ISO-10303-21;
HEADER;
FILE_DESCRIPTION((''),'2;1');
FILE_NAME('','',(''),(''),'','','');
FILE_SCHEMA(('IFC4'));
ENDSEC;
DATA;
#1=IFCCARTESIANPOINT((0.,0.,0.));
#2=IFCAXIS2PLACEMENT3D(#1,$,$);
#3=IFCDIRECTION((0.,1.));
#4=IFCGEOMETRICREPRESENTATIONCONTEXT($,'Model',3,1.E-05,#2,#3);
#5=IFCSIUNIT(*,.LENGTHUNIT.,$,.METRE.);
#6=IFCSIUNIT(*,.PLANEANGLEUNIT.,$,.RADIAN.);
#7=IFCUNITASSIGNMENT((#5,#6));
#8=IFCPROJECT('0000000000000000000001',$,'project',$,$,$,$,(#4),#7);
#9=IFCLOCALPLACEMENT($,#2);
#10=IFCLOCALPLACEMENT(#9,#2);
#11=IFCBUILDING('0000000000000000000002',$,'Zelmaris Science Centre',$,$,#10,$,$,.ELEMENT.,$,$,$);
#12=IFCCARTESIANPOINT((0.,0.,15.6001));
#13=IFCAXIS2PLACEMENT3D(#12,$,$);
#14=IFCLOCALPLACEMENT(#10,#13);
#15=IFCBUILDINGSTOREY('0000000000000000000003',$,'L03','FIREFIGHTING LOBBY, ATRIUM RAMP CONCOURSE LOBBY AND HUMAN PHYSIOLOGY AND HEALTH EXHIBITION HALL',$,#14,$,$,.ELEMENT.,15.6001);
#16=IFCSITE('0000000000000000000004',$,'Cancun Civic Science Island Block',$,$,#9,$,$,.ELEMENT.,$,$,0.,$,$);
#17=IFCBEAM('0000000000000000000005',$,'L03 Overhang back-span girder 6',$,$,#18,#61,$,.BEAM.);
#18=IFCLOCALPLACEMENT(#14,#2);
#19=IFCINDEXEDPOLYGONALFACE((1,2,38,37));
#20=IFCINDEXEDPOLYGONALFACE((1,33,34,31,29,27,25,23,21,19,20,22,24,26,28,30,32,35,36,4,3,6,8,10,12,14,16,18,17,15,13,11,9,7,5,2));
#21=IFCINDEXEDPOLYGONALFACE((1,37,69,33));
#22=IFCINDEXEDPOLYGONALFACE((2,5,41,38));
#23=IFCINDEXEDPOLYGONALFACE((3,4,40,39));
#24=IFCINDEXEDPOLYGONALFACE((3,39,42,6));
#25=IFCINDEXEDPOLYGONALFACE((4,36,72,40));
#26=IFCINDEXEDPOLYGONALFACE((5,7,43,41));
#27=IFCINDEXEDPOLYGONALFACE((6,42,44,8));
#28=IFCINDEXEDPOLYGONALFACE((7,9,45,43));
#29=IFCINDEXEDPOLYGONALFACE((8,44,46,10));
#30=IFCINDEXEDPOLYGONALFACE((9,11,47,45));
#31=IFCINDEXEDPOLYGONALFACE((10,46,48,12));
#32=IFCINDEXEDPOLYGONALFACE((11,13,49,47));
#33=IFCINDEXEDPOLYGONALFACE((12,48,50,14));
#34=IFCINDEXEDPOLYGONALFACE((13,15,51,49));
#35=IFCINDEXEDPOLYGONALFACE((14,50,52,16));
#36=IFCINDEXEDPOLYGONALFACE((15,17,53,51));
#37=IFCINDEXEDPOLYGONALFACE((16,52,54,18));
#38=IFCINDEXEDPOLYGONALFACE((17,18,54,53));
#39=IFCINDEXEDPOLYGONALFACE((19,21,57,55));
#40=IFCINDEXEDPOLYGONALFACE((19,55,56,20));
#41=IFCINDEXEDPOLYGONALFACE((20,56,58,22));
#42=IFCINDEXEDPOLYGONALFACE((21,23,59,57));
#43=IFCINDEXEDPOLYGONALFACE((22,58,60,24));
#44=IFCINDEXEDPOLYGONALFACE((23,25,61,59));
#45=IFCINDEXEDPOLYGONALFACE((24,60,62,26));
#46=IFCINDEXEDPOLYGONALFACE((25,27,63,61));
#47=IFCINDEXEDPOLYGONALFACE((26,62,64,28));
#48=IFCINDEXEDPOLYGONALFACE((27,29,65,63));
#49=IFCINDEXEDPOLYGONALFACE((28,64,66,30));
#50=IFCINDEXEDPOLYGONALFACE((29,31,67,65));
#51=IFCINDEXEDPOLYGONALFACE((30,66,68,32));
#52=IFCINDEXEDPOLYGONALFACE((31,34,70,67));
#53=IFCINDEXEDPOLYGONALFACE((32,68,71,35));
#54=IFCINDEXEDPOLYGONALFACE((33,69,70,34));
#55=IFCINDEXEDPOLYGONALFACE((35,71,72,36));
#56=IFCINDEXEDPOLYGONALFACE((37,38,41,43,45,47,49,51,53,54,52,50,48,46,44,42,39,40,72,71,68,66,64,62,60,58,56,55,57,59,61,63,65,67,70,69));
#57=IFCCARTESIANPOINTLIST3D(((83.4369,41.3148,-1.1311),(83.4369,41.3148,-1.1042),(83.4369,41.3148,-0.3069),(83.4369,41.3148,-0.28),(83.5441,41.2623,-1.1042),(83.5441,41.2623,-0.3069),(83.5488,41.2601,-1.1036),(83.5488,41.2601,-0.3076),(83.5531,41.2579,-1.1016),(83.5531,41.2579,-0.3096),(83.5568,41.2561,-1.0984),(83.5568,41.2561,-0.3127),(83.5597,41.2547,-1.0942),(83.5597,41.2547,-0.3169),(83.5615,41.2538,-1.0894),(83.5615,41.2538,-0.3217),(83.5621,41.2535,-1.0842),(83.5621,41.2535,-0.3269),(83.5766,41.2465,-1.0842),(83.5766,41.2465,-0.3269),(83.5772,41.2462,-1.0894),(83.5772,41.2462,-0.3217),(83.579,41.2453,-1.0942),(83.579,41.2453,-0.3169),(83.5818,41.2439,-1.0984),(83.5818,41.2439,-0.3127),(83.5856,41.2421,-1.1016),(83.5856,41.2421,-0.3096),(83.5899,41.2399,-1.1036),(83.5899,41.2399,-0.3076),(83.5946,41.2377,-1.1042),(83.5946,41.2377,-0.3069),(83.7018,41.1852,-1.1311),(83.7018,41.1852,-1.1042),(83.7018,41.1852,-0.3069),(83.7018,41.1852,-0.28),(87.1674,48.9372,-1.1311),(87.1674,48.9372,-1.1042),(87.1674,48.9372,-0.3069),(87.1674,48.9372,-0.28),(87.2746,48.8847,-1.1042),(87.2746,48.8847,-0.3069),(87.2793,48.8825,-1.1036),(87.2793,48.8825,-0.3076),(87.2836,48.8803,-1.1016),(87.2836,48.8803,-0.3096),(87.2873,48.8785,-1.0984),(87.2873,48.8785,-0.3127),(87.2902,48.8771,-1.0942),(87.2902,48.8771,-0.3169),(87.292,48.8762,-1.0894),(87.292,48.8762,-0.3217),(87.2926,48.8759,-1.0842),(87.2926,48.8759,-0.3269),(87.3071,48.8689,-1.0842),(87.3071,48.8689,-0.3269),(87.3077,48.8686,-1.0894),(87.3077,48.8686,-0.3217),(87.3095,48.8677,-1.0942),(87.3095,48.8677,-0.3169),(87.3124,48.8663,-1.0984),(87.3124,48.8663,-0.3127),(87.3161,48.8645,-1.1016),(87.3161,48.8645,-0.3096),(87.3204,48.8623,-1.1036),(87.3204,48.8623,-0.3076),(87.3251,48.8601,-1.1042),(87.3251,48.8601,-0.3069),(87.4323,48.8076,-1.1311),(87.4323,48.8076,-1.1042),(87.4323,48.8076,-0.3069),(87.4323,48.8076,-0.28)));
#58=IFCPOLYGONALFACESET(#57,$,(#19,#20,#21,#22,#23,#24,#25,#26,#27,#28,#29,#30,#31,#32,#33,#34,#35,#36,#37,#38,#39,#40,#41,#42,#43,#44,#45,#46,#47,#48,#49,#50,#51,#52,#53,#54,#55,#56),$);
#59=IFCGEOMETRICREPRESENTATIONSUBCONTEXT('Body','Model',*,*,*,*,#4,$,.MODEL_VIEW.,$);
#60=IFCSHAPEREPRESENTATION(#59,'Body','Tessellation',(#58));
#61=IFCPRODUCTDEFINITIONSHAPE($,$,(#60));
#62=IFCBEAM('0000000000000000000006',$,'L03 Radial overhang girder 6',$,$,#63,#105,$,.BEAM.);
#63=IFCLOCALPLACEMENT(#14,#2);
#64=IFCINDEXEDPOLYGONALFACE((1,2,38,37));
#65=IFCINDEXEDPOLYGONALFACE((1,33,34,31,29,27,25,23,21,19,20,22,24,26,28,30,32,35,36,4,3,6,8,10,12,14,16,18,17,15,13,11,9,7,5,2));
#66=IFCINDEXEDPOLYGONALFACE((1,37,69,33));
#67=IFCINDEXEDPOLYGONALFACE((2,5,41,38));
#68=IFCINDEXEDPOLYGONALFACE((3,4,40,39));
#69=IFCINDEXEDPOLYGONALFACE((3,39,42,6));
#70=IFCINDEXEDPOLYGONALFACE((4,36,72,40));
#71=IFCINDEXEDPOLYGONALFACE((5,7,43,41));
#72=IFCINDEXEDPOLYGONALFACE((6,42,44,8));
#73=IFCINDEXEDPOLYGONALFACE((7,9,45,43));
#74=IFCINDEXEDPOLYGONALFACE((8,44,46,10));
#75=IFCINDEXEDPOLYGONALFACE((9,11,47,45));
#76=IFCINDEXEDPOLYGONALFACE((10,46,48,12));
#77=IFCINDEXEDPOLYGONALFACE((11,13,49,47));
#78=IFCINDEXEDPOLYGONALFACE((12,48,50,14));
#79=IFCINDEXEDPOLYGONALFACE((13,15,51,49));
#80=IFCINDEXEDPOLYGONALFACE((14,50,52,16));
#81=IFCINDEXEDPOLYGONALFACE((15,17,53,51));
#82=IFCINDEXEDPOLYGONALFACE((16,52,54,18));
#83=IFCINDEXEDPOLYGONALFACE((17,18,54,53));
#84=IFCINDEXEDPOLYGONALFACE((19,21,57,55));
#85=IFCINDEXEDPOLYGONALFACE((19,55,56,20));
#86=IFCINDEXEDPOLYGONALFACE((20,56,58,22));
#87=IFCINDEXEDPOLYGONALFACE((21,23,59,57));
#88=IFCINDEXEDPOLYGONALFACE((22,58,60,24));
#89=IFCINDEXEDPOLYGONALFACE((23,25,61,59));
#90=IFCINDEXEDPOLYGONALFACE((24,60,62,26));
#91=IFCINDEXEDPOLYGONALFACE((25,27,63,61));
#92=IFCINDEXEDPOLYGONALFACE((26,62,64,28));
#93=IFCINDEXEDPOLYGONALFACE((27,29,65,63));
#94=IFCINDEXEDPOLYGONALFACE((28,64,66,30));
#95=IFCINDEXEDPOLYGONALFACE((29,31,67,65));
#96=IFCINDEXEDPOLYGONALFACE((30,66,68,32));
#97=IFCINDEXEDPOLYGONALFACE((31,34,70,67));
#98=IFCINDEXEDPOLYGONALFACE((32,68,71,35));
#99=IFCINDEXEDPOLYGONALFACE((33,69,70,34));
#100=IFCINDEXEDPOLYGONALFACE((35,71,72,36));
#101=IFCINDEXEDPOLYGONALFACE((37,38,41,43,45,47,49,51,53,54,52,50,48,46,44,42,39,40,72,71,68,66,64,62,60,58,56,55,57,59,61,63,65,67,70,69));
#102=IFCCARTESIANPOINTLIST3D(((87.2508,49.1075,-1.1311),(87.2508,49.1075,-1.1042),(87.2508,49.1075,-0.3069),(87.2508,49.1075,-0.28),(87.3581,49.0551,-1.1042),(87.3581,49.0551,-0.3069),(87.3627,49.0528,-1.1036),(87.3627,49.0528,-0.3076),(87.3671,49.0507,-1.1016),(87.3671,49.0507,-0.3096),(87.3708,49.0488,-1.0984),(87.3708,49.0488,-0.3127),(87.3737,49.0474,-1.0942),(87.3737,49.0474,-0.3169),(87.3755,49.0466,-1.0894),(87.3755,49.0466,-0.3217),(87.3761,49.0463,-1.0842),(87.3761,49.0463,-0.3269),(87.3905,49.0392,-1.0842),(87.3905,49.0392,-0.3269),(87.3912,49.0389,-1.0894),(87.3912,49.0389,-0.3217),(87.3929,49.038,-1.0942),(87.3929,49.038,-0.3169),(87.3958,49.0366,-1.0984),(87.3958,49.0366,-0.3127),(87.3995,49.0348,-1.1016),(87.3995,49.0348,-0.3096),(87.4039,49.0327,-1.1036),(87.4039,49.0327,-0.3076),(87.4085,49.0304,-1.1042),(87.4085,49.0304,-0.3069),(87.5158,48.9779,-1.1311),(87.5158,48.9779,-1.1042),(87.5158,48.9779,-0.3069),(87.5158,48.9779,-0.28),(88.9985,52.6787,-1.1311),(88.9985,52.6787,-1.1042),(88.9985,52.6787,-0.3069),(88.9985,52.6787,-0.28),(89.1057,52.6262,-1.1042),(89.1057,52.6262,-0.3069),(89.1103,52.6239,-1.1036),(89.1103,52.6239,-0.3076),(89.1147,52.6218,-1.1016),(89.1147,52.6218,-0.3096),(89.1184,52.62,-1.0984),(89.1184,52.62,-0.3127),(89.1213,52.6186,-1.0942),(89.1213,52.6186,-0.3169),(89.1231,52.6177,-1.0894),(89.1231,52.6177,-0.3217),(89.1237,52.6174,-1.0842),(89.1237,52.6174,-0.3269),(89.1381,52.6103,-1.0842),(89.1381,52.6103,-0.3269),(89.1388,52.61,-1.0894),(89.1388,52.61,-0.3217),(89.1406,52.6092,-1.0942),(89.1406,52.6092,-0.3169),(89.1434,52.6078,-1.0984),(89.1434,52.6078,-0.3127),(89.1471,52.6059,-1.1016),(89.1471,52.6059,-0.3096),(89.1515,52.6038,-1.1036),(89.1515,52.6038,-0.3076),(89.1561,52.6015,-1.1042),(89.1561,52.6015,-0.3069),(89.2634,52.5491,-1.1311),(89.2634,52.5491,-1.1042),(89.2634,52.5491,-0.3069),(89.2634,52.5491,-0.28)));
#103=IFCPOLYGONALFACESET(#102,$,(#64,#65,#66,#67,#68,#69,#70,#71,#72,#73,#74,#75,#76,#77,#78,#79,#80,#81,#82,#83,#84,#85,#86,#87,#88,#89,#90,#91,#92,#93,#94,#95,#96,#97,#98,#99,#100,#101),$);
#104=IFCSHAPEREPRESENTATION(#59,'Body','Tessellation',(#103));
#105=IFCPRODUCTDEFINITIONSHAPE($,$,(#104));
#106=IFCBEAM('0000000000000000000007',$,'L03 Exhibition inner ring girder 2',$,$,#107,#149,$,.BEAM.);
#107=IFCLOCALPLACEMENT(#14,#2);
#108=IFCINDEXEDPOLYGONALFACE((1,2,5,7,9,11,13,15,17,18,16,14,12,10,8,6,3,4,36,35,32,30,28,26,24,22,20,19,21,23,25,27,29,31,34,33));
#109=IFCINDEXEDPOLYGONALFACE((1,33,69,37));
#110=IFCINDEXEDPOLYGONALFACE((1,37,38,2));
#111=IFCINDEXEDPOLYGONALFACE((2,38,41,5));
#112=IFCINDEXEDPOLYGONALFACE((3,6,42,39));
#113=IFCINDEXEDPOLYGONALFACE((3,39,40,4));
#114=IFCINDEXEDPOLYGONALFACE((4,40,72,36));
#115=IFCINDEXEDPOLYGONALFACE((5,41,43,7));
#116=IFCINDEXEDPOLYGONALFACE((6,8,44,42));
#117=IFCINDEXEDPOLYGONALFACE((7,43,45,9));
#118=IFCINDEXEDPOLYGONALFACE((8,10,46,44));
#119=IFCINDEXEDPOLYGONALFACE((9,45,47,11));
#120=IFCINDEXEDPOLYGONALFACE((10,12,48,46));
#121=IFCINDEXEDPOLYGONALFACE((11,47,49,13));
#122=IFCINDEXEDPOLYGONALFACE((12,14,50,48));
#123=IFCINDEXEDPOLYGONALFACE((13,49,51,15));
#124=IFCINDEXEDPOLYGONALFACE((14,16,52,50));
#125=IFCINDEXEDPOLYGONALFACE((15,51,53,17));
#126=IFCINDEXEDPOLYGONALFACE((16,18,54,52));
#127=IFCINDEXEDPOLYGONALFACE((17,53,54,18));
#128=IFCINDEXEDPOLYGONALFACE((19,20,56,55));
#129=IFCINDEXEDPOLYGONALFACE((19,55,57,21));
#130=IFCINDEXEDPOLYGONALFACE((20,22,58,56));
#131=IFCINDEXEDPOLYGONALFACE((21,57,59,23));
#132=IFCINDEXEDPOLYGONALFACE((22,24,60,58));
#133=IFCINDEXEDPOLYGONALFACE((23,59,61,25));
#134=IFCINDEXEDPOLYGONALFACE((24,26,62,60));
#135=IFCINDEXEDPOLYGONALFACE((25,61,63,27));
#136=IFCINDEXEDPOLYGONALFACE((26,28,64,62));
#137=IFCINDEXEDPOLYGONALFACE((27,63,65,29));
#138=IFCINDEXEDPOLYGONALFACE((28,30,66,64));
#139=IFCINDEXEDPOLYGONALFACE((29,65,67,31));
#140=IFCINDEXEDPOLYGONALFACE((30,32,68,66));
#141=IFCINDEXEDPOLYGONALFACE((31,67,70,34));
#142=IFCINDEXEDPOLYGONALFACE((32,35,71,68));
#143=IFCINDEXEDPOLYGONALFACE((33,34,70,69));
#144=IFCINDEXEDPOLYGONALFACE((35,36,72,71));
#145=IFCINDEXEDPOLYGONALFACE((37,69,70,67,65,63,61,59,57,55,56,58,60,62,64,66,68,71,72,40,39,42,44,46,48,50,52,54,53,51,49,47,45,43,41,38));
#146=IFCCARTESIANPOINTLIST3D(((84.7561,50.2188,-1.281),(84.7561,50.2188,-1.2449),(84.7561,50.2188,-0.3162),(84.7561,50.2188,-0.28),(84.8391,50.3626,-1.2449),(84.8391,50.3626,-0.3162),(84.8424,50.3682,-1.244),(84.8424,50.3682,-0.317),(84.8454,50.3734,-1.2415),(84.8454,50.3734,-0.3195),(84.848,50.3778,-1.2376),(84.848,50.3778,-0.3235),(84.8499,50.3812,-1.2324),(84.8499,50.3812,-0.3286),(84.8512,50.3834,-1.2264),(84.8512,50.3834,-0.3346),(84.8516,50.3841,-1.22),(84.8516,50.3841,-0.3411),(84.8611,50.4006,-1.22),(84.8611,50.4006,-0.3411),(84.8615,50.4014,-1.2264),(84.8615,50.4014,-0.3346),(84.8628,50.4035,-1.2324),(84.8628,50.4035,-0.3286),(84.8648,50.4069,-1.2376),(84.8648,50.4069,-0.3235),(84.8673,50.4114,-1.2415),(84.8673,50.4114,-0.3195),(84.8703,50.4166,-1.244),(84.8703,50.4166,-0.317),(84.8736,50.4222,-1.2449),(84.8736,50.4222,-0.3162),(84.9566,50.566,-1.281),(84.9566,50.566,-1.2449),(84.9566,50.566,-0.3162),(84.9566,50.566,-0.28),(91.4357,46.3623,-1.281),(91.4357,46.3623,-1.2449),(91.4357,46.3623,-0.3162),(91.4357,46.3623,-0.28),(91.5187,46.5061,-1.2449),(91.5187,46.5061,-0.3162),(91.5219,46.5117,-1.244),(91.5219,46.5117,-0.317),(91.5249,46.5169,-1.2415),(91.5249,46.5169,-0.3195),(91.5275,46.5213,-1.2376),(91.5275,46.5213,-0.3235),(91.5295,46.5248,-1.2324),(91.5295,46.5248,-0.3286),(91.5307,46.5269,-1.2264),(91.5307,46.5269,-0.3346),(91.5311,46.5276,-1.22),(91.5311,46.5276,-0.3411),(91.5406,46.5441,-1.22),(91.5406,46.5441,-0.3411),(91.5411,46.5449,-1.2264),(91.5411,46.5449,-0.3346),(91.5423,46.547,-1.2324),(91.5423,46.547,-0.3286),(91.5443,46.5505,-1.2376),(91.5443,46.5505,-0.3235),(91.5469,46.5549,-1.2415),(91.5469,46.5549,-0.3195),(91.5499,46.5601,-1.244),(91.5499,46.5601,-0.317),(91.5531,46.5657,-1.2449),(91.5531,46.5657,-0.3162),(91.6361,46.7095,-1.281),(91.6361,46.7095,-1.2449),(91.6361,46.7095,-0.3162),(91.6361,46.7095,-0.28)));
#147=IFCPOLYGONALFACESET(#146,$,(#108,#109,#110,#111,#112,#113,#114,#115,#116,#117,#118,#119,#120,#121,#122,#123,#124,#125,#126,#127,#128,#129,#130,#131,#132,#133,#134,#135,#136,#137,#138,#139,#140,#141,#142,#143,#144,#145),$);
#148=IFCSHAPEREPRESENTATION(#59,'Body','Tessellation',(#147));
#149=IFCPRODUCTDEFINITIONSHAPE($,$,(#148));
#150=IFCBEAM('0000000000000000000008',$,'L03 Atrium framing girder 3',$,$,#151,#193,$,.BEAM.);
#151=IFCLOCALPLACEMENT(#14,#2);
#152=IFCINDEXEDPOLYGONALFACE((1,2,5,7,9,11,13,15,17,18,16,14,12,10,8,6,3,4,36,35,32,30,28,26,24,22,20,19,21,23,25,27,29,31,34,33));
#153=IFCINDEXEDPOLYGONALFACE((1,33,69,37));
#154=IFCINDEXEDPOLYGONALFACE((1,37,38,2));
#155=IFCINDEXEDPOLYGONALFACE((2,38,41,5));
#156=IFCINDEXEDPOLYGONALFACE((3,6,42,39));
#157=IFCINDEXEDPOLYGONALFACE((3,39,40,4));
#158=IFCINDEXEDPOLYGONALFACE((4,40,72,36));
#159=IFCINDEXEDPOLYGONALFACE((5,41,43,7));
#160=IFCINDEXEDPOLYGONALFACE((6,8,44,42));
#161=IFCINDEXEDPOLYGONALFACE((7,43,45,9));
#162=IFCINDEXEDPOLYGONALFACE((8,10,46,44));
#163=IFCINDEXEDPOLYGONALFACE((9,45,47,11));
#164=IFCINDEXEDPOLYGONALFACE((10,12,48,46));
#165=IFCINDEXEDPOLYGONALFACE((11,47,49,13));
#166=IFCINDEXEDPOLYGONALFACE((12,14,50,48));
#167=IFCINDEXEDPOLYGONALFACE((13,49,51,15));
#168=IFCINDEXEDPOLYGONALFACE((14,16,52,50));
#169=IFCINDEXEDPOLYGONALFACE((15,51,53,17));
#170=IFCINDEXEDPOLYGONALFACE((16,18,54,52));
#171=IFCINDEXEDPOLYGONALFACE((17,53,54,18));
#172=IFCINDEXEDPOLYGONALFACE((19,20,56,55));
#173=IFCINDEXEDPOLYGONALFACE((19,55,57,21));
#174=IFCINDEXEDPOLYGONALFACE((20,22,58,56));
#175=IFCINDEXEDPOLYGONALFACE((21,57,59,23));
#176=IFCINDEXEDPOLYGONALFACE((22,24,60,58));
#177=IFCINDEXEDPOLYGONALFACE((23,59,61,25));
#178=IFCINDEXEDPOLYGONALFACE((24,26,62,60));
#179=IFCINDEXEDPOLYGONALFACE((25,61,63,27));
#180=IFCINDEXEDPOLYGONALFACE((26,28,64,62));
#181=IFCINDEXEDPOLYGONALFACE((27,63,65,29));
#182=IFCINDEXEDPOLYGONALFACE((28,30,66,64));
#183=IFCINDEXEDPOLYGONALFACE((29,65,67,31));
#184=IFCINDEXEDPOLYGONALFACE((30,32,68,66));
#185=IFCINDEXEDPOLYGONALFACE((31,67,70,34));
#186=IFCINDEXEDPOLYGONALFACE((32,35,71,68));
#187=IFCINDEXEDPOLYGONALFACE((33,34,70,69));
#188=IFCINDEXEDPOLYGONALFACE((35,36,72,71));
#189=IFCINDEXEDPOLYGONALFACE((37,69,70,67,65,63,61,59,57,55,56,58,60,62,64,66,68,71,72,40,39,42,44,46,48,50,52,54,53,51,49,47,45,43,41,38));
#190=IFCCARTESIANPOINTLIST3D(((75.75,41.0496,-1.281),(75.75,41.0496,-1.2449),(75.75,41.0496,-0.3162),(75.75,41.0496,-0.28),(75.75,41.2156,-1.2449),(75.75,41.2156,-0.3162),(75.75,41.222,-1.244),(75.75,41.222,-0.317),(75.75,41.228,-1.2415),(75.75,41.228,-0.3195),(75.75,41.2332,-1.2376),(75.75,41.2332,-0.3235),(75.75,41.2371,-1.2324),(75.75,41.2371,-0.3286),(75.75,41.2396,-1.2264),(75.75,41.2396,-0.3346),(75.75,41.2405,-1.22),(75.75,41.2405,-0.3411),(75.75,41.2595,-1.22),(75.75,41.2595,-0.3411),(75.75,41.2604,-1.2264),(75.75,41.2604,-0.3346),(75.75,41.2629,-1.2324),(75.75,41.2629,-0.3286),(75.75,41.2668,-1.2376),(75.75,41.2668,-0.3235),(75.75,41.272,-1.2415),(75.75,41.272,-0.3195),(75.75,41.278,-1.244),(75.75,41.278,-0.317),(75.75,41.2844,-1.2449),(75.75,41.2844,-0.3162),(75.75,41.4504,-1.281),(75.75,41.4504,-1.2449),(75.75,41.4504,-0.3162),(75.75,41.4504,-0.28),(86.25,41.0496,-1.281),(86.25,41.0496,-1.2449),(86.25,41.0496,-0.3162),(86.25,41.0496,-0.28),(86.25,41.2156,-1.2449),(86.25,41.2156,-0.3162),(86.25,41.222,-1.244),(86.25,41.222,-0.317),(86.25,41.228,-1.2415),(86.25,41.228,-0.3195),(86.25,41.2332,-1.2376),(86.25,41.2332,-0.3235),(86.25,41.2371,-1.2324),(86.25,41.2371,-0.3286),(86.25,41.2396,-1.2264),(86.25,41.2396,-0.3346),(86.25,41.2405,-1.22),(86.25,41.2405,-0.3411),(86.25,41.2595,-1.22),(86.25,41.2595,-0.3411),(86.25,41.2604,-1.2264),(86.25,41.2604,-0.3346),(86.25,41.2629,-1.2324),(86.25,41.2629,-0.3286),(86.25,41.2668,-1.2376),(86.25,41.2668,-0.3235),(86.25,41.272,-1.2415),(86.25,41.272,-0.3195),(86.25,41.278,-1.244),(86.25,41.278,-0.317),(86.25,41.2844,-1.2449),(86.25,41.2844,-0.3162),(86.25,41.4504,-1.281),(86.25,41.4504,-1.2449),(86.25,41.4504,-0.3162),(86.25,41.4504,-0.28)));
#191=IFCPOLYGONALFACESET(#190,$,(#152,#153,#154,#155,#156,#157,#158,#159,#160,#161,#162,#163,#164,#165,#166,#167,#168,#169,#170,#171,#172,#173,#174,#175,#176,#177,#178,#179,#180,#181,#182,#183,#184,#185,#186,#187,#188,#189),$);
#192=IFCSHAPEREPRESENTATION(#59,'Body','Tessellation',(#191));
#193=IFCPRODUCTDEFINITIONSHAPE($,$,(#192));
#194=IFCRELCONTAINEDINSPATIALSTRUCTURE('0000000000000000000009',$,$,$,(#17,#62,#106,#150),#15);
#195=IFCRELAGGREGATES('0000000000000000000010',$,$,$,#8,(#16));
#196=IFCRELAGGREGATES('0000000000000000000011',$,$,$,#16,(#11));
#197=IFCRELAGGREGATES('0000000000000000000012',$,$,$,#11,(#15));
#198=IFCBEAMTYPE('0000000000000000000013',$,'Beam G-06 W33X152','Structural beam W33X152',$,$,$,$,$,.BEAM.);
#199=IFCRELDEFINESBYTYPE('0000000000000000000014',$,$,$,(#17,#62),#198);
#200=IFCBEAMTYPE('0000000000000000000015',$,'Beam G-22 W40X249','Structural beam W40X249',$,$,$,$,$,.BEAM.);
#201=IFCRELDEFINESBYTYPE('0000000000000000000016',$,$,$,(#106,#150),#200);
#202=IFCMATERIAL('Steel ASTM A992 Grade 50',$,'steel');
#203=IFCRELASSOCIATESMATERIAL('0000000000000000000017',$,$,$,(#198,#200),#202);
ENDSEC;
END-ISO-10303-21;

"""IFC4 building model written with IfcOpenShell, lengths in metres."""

from ifc_helpers import new_model, si_unit, direction, frame, origin, origin_2d, place, context, subcontext, project, spatial, i_section, extrude, material, material_profile, profile_set, type_object, element, save


model = new_model("IFC4")

# Units and contexts
model_context = context("Model", 3, precision=1e-05, world=origin(), true_north=direction((0.0, 1.0)))
body_context = subcontext(model_context, "Body", "Model", "MODEL_VIEW")
ifc_project = project(units=[si_unit("LENGTHUNIT", "METRE"), si_unit("PLANEANGLEUNIT", "RADIAN")], contexts=[model_context])

# Site, building, storey
site_placement = place(None, origin())
site = spatial("IfcSite", under=ifc_project, at=site_placement, Name="Cancun Civic Science Island Block", CompositionType="ELEMENT", RefElevation=0.0)
building_placement = place(site_placement, origin())
building = spatial("IfcBuilding", under=site, at=building_placement, Name="Zelmaris Science Centre", CompositionType="ELEMENT")
storey_placement = place(building_placement, frame((0.0, 0.0, 15.6001)))
storey = spatial("IfcBuildingStorey", under=building, at=storey_placement, Name="L03", Description="FIREFIGHTING LOBBY, ATRIUM RAMP CONCOURSE LOBBY AND HUMAN PHYSIOLOGY AND HEALTH EXHIBITION HALL", CompositionType="ELEMENT", Elevation=15.6001)

# Shared definitions
ifc_material_1 = material(Name="Steel ASTM A992 Grade 50", Category="steel")

# Beams
ifc_material_profile_1 = material_profile(ifc_material_1, i_section(OverallWidth=0.2949, OverallDepth=0.8511, WebThickness=0.0161, FlangeThickness=0.0269, FilletRadius=0.02, at=origin_2d()), Name="W33X152")
ifc_profile_set_1 = profile_set([ifc_material_profile_1], Name="Steel ASTM A992 Grade 50")
beam_type_1 = type_object("IfcBeamType", Name="Beam G-06 W33X152", Description="Structural beam W33X152", PredefinedType="BEAM", material=ifc_profile_set_1)
beam_1_placement = place(storey_placement, frame((83.5693, 41.25, -0.7056), z_axis=(0.439591, 0.898198, 0.0), x_axis=(-0.898198, 0.439591, 0.0)))
element("IfcBeam", 1, at=beam_1_placement, inside=storey, type_object=beam_type_1, Name="L03 Overhang back-span girder 6", PredefinedType="BEAM", context=body_context, shape_type="SweptSolid", body=[
    extrude(i_section(OverallWidth=0.2949, OverallDepth=0.8511, WebThickness=0.0161, FlangeThickness=0.0269, FilletRadius=0.02, at=origin_2d()), origin(), (0.0, 0.0, 1.0), 8.4863),
])
beam_2_placement = place(storey_placement, frame((87.3833, 49.0427, -0.7056), z_axis=(0.439558, 0.898214, 0.0), x_axis=(-0.898214, 0.439558, 0.0)))
element("IfcBeam", 2, at=beam_2_placement, inside=storey, type_object=beam_type_1, Name="L03 Radial overhang girder 6", PredefinedType="BEAM", context=body_context, shape_type="SweptSolid", body=[
    extrude(i_section(OverallWidth=0.2949, OverallDepth=0.8511, WebThickness=0.0161, FlangeThickness=0.0269, FilletRadius=0.02, at=origin_2d()), origin(), (0.0, 0.0, 1.0), 3.9758),
])
ifc_material_profile_2 = material_profile(ifc_material_1, i_section(OverallWidth=0.4009, OverallDepth=1.001, WebThickness=0.019, FlangeThickness=0.0361, FilletRadius=0.0249, at=origin_2d()), Name="W40X249")
ifc_profile_set_2 = profile_set([ifc_material_profile_2], Name="Steel ASTM A992 Grade 50")
beam_type_2 = type_object("IfcBeamType", Name="Beam G-22 W40X249", Description="Structural beam W40X249", PredefinedType="BEAM", material=ifc_profile_set_2)
beam_3_placement = place(storey_placement, frame((91.5359, 46.5359, -0.7805), z_axis=(-0.866022, 0.500007, 0.0), x_axis=(-0.500007, -0.866022, 0.0)))
element("IfcBeam", 3, at=beam_3_placement, inside=storey, type_object=beam_type_2, Name="L03 Exhibition inner ring girder 2", PredefinedType="BEAM", context=body_context, shape_type="SweptSolid", body=[
    extrude(i_section(OverallWidth=0.4009, OverallDepth=1.001, WebThickness=0.019, FlangeThickness=0.0361, FilletRadius=0.0249, at=origin_2d()), origin(), (0.0, 0.0, 1.0), 7.7129),
])
for number, where, z_axis, x_axis, name in (
    (4, (86.25, 41.25, -0.7805), (-1.0, 0.0, 0.0), (0.0, -1.0, 0.0), "L03 Atrium framing girder 3"),
):
    element("IfcBeam", number, at=place(storey_placement, frame(where, z_axis=z_axis, x_axis=x_axis)), inside=storey, type_object=beam_type_2, Name=name, PredefinedType="BEAM", context=body_context, shape_type="SweptSolid", body=[
        extrude(i_section(OverallWidth=0.4009, OverallDepth=1.001, WebThickness=0.019, FlangeThickness=0.0361, FilletRadius=0.0249, at=origin_2d()), origin(), (0.0, 0.0, 1.0), 10.5),
    ])

save(model, "model.ifc")
